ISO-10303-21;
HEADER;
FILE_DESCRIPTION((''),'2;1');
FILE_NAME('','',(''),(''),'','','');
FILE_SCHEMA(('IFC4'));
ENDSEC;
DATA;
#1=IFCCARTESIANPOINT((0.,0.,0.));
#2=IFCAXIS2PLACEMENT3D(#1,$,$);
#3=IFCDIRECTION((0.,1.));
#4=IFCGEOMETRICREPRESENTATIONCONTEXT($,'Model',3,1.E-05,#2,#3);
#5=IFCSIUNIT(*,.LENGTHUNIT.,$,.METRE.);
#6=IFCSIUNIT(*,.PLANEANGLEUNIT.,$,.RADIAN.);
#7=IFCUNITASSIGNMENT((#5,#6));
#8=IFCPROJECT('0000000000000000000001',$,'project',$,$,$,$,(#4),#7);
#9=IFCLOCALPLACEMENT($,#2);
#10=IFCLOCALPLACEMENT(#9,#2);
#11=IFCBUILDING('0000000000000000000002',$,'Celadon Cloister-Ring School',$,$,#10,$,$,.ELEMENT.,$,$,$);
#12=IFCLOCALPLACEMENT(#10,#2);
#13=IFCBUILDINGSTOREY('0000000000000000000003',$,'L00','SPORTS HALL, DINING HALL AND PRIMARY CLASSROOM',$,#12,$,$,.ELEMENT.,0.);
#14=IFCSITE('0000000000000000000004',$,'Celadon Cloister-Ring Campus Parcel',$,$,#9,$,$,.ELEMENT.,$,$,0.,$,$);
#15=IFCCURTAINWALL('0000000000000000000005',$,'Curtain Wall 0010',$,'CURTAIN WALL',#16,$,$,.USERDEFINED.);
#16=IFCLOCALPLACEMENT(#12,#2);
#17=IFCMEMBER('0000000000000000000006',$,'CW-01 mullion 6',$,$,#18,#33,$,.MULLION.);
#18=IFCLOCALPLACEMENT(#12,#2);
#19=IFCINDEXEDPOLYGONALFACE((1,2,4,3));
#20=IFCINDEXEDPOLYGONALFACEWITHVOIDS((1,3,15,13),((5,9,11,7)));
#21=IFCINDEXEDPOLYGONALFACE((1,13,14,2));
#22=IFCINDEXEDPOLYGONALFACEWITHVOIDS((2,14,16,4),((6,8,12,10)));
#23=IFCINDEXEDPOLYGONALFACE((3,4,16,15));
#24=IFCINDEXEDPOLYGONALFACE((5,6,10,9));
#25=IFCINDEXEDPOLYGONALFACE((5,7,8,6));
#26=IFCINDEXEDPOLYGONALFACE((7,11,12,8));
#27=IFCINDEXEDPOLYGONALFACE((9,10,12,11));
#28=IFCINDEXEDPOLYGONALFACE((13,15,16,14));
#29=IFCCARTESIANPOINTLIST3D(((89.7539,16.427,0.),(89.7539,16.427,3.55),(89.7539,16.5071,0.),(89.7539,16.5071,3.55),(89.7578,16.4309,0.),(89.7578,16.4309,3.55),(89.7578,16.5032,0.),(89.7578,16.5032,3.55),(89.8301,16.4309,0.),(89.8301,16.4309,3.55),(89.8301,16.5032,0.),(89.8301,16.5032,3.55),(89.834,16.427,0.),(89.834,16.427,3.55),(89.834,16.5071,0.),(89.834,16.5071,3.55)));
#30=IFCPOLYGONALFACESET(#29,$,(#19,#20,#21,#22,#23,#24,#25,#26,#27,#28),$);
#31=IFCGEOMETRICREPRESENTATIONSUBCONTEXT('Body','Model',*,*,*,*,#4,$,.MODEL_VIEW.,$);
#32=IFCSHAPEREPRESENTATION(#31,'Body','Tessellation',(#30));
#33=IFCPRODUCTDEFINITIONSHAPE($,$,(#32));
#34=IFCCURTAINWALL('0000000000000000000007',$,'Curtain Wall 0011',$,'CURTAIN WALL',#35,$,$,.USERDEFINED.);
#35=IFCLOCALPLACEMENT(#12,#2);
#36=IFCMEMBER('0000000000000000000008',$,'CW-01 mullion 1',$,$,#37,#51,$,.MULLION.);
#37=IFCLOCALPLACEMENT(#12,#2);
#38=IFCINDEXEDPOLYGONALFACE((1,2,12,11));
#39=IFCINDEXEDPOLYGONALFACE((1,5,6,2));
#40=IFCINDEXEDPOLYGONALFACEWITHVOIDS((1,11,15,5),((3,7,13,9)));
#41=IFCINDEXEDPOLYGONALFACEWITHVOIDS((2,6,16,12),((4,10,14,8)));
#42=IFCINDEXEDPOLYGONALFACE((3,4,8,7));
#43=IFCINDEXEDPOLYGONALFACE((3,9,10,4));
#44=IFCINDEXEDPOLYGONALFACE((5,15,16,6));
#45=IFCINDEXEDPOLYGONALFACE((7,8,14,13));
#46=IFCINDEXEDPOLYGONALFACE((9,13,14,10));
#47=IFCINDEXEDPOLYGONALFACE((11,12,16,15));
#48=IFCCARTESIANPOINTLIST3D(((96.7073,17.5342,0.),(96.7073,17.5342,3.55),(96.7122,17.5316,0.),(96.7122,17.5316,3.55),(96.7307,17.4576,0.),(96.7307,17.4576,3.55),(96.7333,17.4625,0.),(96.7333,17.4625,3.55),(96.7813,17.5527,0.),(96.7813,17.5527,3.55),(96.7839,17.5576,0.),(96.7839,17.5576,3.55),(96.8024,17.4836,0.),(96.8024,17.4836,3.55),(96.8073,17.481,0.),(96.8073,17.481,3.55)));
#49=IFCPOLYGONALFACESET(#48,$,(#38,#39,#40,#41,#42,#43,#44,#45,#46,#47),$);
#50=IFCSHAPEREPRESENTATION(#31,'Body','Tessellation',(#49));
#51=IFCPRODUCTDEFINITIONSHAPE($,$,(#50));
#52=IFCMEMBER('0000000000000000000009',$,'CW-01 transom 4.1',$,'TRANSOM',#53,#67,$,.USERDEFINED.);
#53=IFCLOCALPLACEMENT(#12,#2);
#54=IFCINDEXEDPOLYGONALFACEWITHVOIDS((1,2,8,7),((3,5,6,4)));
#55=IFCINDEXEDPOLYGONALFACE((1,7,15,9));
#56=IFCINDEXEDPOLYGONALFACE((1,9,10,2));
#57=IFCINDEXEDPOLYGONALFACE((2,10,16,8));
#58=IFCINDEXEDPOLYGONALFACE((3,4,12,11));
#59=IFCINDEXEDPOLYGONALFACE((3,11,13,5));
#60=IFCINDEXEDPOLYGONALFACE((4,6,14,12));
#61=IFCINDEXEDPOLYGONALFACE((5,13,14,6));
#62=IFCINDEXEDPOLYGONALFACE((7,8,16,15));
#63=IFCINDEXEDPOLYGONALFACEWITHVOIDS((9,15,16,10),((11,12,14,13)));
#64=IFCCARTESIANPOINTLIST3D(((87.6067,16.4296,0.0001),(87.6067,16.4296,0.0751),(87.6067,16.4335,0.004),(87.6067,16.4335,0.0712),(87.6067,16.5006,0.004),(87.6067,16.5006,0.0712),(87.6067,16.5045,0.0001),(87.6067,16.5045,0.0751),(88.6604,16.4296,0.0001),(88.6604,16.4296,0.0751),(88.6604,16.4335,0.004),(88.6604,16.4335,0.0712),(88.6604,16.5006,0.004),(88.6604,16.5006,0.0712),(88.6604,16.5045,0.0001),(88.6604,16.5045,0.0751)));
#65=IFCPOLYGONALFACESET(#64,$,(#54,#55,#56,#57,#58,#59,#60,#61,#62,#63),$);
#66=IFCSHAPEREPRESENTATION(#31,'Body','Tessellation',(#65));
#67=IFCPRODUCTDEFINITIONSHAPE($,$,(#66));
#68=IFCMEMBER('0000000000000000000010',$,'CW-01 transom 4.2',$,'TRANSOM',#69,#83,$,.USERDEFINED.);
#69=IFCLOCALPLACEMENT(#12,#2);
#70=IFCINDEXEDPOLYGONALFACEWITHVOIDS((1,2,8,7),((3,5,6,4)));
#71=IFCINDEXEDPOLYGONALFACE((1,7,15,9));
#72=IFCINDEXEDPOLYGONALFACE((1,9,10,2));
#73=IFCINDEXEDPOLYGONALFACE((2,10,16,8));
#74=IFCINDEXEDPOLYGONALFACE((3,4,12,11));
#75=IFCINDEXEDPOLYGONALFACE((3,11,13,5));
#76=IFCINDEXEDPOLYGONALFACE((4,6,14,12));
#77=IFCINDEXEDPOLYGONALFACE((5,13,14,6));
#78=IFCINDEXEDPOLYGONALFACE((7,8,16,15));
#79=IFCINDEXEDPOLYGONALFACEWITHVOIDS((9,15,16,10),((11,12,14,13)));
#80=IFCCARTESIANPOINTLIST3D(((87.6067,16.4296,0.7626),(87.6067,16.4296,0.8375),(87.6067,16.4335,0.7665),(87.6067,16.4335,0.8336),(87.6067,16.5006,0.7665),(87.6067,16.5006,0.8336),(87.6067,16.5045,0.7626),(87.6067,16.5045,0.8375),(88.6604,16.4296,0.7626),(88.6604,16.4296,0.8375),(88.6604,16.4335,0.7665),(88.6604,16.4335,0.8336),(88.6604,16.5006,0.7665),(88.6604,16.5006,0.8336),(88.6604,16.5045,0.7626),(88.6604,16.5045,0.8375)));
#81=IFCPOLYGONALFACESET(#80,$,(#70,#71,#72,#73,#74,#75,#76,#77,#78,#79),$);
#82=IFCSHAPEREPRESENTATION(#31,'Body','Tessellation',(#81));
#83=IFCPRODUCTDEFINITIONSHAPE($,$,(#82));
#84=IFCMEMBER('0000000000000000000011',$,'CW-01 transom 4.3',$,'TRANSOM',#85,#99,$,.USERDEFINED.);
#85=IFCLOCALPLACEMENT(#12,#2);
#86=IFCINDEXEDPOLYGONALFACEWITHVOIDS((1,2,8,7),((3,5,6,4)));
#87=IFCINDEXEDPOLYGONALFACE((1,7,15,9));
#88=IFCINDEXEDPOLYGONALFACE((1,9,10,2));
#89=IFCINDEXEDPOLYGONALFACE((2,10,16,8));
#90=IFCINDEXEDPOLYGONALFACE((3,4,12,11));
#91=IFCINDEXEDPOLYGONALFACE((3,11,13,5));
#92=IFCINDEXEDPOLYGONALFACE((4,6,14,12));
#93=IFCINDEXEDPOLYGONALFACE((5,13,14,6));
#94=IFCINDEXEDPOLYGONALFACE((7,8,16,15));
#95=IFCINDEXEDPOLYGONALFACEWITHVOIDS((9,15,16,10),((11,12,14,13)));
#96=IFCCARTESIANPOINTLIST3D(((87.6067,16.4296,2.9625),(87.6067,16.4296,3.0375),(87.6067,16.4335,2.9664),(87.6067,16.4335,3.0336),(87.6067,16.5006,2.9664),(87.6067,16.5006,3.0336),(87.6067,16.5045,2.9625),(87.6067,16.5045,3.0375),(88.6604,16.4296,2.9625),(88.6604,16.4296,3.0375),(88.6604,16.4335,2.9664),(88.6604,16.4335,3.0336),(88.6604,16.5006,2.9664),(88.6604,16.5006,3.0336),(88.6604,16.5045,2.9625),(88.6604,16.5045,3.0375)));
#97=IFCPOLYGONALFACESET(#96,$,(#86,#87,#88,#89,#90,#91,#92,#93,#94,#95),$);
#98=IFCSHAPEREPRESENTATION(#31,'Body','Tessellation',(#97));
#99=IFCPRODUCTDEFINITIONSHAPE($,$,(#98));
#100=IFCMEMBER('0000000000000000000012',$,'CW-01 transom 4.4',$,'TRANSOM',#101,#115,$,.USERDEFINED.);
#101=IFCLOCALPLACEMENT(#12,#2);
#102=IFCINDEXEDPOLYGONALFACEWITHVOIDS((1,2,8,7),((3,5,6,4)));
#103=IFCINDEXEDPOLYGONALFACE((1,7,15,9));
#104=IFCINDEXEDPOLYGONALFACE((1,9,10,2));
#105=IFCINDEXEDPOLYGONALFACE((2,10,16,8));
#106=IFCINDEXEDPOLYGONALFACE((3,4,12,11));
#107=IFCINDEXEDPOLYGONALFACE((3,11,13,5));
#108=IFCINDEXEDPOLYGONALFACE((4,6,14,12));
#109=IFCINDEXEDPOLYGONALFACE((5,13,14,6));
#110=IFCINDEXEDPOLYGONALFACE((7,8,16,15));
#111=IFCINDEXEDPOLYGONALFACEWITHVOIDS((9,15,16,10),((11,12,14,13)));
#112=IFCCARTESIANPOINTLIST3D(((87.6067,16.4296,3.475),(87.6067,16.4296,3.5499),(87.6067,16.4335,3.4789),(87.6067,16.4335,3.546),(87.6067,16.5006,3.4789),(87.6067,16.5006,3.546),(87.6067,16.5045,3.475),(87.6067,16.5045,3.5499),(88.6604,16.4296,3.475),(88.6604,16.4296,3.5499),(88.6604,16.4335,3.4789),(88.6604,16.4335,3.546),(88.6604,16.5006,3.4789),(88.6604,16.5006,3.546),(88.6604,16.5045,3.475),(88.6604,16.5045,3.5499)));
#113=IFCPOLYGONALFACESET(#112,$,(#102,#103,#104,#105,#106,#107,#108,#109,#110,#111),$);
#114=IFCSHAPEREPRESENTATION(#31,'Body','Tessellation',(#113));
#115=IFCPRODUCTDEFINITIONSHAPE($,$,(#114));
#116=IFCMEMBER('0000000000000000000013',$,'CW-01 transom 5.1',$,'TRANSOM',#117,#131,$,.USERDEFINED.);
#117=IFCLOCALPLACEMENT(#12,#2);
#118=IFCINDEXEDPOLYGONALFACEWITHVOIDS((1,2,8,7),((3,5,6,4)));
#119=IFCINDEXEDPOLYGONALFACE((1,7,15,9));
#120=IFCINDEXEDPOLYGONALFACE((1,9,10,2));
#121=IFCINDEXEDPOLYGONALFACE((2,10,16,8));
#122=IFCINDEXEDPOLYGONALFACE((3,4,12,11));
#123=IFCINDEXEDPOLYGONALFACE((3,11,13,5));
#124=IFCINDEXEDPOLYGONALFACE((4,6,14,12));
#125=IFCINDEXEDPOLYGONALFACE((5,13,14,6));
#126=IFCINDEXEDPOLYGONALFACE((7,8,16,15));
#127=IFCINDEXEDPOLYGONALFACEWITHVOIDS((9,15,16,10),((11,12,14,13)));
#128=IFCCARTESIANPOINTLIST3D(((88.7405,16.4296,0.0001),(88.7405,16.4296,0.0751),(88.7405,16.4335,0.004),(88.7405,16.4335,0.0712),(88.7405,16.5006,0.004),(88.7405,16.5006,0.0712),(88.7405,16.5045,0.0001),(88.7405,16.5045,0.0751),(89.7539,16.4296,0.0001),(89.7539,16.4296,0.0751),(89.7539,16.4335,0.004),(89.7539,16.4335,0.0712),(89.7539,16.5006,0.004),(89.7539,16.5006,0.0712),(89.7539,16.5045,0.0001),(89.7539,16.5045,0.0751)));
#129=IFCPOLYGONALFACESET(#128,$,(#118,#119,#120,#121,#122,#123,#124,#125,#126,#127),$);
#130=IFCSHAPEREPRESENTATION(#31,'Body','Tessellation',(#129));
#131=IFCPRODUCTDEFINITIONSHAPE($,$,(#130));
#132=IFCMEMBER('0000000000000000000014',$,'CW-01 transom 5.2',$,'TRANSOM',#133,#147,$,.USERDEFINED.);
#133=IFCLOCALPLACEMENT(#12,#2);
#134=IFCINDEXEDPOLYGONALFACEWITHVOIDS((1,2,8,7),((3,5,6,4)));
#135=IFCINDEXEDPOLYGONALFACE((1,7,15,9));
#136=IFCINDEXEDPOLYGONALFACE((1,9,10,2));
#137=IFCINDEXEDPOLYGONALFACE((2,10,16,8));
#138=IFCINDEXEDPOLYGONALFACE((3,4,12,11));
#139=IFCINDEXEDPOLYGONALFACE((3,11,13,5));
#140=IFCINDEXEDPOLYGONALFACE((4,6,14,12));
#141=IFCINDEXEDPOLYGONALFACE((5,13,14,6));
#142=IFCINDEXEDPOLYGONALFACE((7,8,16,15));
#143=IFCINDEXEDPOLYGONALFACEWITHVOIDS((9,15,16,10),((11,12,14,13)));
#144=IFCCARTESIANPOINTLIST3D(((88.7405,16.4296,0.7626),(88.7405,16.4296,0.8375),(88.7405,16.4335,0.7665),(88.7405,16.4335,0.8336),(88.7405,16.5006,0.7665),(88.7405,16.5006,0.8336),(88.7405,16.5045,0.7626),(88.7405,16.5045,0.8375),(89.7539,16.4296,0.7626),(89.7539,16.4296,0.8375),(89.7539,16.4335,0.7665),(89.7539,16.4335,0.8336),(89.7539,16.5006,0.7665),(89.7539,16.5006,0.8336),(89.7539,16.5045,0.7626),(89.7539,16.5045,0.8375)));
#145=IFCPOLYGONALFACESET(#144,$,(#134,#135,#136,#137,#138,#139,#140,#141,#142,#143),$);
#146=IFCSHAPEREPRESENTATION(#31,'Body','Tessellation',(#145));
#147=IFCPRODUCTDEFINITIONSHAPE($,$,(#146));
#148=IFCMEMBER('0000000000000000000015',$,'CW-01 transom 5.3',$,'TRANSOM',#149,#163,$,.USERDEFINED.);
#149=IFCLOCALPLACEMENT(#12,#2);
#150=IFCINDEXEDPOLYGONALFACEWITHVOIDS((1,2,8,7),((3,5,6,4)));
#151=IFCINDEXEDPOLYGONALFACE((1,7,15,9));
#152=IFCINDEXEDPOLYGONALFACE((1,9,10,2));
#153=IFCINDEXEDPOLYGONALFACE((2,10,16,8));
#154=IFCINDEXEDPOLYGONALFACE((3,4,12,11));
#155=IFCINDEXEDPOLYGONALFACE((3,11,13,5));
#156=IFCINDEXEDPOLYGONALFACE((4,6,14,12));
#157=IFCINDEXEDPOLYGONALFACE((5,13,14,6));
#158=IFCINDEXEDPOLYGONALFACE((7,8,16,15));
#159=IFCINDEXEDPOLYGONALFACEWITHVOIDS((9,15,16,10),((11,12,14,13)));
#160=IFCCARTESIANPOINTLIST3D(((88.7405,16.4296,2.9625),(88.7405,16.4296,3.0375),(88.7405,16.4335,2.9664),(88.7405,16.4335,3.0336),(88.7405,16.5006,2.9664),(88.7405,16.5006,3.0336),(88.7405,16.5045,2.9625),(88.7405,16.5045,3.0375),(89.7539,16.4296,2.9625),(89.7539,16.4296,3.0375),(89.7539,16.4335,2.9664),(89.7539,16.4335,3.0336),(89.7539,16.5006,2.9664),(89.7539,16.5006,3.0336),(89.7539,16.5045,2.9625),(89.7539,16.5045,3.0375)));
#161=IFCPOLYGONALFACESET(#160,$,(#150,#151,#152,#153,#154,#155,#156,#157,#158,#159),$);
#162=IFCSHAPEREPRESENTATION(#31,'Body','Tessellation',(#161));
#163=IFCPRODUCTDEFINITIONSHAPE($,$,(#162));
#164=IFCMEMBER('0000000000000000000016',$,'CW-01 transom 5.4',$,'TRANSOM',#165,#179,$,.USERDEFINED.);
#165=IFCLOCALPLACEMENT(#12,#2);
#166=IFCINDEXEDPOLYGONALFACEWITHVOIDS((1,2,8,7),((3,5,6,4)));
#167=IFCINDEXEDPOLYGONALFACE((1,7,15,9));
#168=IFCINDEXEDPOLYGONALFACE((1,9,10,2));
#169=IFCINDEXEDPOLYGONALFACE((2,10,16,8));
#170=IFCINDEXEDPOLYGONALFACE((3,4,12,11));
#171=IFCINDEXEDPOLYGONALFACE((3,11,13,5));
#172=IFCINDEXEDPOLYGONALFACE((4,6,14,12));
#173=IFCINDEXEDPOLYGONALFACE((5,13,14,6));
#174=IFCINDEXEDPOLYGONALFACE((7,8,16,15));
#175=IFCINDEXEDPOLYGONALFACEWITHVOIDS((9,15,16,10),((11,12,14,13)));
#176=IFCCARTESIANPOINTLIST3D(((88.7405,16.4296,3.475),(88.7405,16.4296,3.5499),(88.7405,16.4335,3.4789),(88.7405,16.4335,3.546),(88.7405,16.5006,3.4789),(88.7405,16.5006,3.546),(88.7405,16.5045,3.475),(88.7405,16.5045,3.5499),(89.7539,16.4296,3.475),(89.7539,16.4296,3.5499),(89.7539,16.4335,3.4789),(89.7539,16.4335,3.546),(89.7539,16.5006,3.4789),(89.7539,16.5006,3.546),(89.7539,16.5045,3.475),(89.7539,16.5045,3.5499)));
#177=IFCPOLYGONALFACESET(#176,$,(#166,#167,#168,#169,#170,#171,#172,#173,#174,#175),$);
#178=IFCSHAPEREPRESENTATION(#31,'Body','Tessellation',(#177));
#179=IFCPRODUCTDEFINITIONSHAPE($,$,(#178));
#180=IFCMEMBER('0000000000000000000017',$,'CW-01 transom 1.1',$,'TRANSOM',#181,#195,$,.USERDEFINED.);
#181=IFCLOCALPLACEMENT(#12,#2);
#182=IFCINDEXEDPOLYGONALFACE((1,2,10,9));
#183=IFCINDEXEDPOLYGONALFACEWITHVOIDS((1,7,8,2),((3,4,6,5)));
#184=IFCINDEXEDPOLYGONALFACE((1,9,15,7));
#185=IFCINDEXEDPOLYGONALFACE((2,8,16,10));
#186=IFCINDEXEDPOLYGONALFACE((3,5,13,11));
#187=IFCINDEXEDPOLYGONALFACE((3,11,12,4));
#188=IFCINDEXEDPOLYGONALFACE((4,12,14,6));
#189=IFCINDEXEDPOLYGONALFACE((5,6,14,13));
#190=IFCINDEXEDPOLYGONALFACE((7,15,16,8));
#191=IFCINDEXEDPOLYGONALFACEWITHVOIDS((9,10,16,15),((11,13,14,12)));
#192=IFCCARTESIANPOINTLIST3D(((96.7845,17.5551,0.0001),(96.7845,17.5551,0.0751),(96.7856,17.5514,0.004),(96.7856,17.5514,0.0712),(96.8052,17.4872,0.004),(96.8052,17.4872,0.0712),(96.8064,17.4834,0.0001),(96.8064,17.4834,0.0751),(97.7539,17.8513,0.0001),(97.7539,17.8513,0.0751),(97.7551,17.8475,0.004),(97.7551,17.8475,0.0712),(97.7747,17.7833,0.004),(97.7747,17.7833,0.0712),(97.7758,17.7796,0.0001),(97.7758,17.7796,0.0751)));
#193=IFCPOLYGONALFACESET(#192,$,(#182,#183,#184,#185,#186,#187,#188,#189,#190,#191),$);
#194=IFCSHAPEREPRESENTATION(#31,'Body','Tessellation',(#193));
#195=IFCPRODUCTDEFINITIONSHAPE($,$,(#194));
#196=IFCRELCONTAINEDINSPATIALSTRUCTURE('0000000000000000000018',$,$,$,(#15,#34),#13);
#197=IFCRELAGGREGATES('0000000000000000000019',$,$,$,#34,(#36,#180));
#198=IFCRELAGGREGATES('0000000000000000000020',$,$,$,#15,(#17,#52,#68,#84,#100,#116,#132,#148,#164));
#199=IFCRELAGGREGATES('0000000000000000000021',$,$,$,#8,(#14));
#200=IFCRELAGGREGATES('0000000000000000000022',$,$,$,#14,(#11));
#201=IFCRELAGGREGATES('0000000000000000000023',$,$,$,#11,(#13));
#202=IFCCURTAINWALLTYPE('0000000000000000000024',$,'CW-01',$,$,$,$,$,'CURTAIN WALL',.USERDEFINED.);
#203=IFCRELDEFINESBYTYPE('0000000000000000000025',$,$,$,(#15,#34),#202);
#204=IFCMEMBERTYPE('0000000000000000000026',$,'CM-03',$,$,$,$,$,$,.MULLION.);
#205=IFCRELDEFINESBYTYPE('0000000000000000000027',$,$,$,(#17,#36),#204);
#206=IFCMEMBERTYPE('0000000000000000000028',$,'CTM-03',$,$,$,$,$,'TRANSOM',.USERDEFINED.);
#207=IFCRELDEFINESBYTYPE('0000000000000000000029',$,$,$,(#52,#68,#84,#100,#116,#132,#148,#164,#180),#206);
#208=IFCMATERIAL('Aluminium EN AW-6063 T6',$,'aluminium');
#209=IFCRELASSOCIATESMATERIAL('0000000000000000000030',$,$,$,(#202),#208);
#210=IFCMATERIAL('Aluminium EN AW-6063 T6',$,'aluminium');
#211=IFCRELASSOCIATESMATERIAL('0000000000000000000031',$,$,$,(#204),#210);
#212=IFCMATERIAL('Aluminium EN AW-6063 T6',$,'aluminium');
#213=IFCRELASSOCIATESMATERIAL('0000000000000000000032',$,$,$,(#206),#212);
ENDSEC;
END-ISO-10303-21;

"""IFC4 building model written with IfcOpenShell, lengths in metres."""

from ifc_helpers import new_model, si_unit, direction, frame, origin, origin_2d, place, context, subcontext, project, spatial, hollow_rectangle, extrude, material, material_profile, profile_set, type_object, element, aggregate, save


model = new_model("IFC4")

# Units and contexts
model_context = context("Model", 3, precision=1e-05, world=origin(), true_north=direction((0.0, 1.0)))
body_context = subcontext(model_context, "Body", "Model", "MODEL_VIEW")
ifc_project = project(units=[si_unit("LENGTHUNIT", "METRE"), si_unit("PLANEANGLEUNIT", "RADIAN")], contexts=[model_context])

# Site, building, storey
site_placement = place(None, origin())
site = spatial("IfcSite", under=ifc_project, at=site_placement, Name="Celadon Cloister-Ring Campus Parcel", CompositionType="ELEMENT", RefElevation=0.0)
building_placement = place(site_placement, origin())
building = spatial("IfcBuilding", under=site, at=building_placement, Name="Celadon Cloister-Ring School", CompositionType="ELEMENT")
storey_placement = place(building_placement, origin())
storey = spatial("IfcBuildingStorey", under=building, at=storey_placement, Name="L00", Description="SPORTS HALL, DINING HALL AND PRIMARY CLASSROOM", CompositionType="ELEMENT", Elevation=0.0)

# Curtain wall, member
ifc_material_1 = material(Name="Aluminium EN AW-6063 T6", Category="aluminium")
curtain_wall_type = type_object("IfcCurtainWallType", Name="CW-01", ElementType="CURTAIN WALL", PredefinedType="USERDEFINED", material=ifc_material_1)
curtain_wall_1_placement = place(storey_placement, origin())
curtain_wall_1 = element("IfcCurtainWall", 1, at=curtain_wall_1_placement, inside=storey, type_object=curtain_wall_type, Name="Curtain Wall 0010", ObjectType="CURTAIN WALL", PredefinedType="USERDEFINED")
ifc_material_2 = material(Name="Aluminium EN AW-6063 T6", Category="aluminium")
ifc_material_profile_1 = material_profile(ifc_material_2, hollow_rectangle(XDim=0.0801, YDim=0.0801, WallThickness=0.0039, at=origin_2d()), Name="RHS80X80X4")
ifc_profile_set_1 = profile_set([ifc_material_profile_1], Name="Aluminium EN AW-6063 T6")
member_type_1 = type_object("IfcMemberType", Name="CM-03", PredefinedType="MULLION", material=ifc_profile_set_1)
member_1_placement = place(storey_placement, frame((89.7939, 16.467, 0.0), z_axis=(0.0, 0.0, 1.0), x_axis=(0.0, 1.0, 0.0)))
member_1 = element("IfcMember", 2, at=member_1_placement, type_object=member_type_1, Name="CW-01 mullion 6", PredefinedType="MULLION", context=body_context, shape_type="SweptSolid", body=[
    extrude(hollow_rectangle(XDim=0.0801, YDim=0.0801, WallThickness=0.0039, at=origin_2d()), origin(), (0.0, 0.0, 1.0), 3.55),
])

# Curtain wall, member
curtain_wall_2_placement = place(storey_placement, origin())
curtain_wall_2 = element("IfcCurtainWall", 3, at=curtain_wall_2_placement, inside=storey, type_object=curtain_wall_type, Name="Curtain Wall 0011", ObjectType="CURTAIN WALL", PredefinedType="USERDEFINED")
member_2_placement = place(storey_placement, frame((96.7573, 17.5076, 0.0), z_axis=(0.0, 0.0, 1.0), x_axis=(-0.292151, 0.956372, 0.0)))
member_2 = element("IfcMember", 4, at=member_2_placement, type_object=member_type_1, Name="CW-01 mullion 1", PredefinedType="MULLION", context=body_context, shape_type="SweptSolid", body=[
    extrude(hollow_rectangle(XDim=0.0801, YDim=0.0801, WallThickness=0.0039, at=origin_2d()), origin(), (0.0, 0.0, 1.0), 3.55),
])

# Members
ifc_material_3 = material(Name="Aluminium EN AW-6063 T6", Category="aluminium")
ifc_material_profile_2 = material_profile(ifc_material_3, hollow_rectangle(XDim=0.075, YDim=0.075, WallThickness=0.0039, at=origin_2d()), Name="RHS75X75X4")
ifc_profile_set_2 = profile_set([ifc_material_profile_2], Name="Aluminium EN AW-6063 T6")
member_type_2 = type_object("IfcMemberType", Name="CTM-03", ElementType="TRANSOM", PredefinedType="USERDEFINED", material=ifc_profile_set_2)
member_3_placement = place(storey_placement, frame((87.6067, 16.467, 0.0376), z_axis=(1.0, 0.0, 0.0), x_axis=(0.0, 1.0, 0.0)))
member_3 = element("IfcMember", 5, at=member_3_placement, type_object=member_type_2, Name="CW-01 transom 4.1", ObjectType="TRANSOM", PredefinedType="USERDEFINED", context=body_context, shape_type="SweptSolid", body=[
    extrude(hollow_rectangle(XDim=0.075, YDim=0.075, WallThickness=0.0039, at=origin_2d()), origin(), (0.0, 0.0, 1.0), 1.0537),
])
member_4_placement = place(storey_placement, frame((87.6067, 16.467, 0.8), z_axis=(1.0, 0.0, 0.0), x_axis=(0.0, 1.0, 0.0)))
member_4 = element("IfcMember", 6, at=member_4_placement, type_object=member_type_2, Name="CW-01 transom 4.2", ObjectType="TRANSOM", PredefinedType="USERDEFINED", context=body_context, shape_type="SweptSolid", body=[
    extrude(hollow_rectangle(XDim=0.075, YDim=0.075, WallThickness=0.0039, at=origin_2d()), origin(), (0.0, 0.0, 1.0), 1.0537),
])
member_5_placement = place(storey_placement, frame((87.6067, 16.467, 3.0), z_axis=(1.0, 0.0, 0.0), x_axis=(0.0, 1.0, 0.0)))
member_5 = element("IfcMember", 7, at=member_5_placement, type_object=member_type_2, Name="CW-01 transom 4.3", ObjectType="TRANSOM", PredefinedType="USERDEFINED", context=body_context, shape_type="SweptSolid", body=[
    extrude(hollow_rectangle(XDim=0.075, YDim=0.075, WallThickness=0.0039, at=origin_2d()), origin(), (0.0, 0.0, 1.0), 1.0537),
])
member_6_placement = place(storey_placement, frame((87.6067, 16.467, 3.5125), z_axis=(1.0, 0.0, 0.0), x_axis=(0.0, 1.0, 0.0)))
member_6 = element("IfcMember", 8, at=member_6_placement, type_object=member_type_2, Name="CW-01 transom 4.4", ObjectType="TRANSOM", PredefinedType="USERDEFINED", context=body_context, shape_type="SweptSolid", body=[
    extrude(hollow_rectangle(XDim=0.075, YDim=0.075, WallThickness=0.0039, at=origin_2d()), origin(), (0.0, 0.0, 1.0), 1.0537),
])
member_7_placement = place(storey_placement, frame((88.7405, 16.467, 0.0376), z_axis=(1.0, 0.0, 0.0), x_axis=(0.0, 1.0, 0.0)))
member_7 = element("IfcMember", 9, at=member_7_placement, type_object=member_type_2, Name="CW-01 transom 5.1", ObjectType="TRANSOM", PredefinedType="USERDEFINED", context=body_context, shape_type="SweptSolid", body=[
    extrude(hollow_rectangle(XDim=0.075, YDim=0.075, WallThickness=0.0039, at=origin_2d()), origin(), (0.0, 0.0, 1.0), 1.0134),
])
member_8_placement = place(storey_placement, frame((88.7405, 16.467, 0.8), z_axis=(1.0, 0.0, 0.0), x_axis=(0.0, 1.0, 0.0)))
member_8 = element("IfcMember", 10, at=member_8_placement, type_object=member_type_2, Name="CW-01 transom 5.2", ObjectType="TRANSOM", PredefinedType="USERDEFINED", context=body_context, shape_type="SweptSolid", body=[
    extrude(hollow_rectangle(XDim=0.075, YDim=0.075, WallThickness=0.0039, at=origin_2d()), origin(), (0.0, 0.0, 1.0), 1.0134),
])
member_9_placement = place(storey_placement, frame((88.7405, 16.467, 3.0), z_axis=(1.0, 0.0, 0.0), x_axis=(0.0, 1.0, 0.0)))
member_9 = element("IfcMember", 11, at=member_9_placement, type_object=member_type_2, Name="CW-01 transom 5.3", ObjectType="TRANSOM", PredefinedType="USERDEFINED", context=body_context, shape_type="SweptSolid", body=[
    extrude(hollow_rectangle(XDim=0.075, YDim=0.075, WallThickness=0.0039, at=origin_2d()), origin(), (0.0, 0.0, 1.0), 1.0134),
])
member_10_placement = place(storey_placement, frame((88.7405, 16.467, 3.5125), z_axis=(1.0, 0.0, 0.0), x_axis=(0.0, 1.0, 0.0)))
member_10 = element("IfcMember", 12, at=member_10_placement, type_object=member_type_2, Name="CW-01 transom 5.4", ObjectType="TRANSOM", PredefinedType="USERDEFINED", context=body_context, shape_type="SweptSolid", body=[
    extrude(hollow_rectangle(XDim=0.075, YDim=0.075, WallThickness=0.0039, at=origin_2d()), origin(), (0.0, 0.0, 1.0), 1.0134),
])
member_11_placement = place(storey_placement, frame((96.7954, 17.5193, 0.0376), z_axis=(0.956376, 0.292139, 0.0), x_axis=(-0.292139, 0.956376, 0.0)))
member_11 = element("IfcMember", 13, at=member_11_placement, type_object=member_type_2, Name="CW-01 transom 1.1", ObjectType="TRANSOM", PredefinedType="USERDEFINED", context=body_context, shape_type="SweptSolid", body=[
    extrude(hollow_rectangle(XDim=0.075, YDim=0.075, WallThickness=0.0039, at=origin_2d()), origin(), (0.0, 0.0, 1.0), 1.0137),
])
aggregate(curtain_wall_2, [member_2, member_11])

aggregate(curtain_wall_1, [member_1, member_3, member_4, member_5, member_6, member_7, member_8, member_9, member_10])

save(model, "model.ifc")
